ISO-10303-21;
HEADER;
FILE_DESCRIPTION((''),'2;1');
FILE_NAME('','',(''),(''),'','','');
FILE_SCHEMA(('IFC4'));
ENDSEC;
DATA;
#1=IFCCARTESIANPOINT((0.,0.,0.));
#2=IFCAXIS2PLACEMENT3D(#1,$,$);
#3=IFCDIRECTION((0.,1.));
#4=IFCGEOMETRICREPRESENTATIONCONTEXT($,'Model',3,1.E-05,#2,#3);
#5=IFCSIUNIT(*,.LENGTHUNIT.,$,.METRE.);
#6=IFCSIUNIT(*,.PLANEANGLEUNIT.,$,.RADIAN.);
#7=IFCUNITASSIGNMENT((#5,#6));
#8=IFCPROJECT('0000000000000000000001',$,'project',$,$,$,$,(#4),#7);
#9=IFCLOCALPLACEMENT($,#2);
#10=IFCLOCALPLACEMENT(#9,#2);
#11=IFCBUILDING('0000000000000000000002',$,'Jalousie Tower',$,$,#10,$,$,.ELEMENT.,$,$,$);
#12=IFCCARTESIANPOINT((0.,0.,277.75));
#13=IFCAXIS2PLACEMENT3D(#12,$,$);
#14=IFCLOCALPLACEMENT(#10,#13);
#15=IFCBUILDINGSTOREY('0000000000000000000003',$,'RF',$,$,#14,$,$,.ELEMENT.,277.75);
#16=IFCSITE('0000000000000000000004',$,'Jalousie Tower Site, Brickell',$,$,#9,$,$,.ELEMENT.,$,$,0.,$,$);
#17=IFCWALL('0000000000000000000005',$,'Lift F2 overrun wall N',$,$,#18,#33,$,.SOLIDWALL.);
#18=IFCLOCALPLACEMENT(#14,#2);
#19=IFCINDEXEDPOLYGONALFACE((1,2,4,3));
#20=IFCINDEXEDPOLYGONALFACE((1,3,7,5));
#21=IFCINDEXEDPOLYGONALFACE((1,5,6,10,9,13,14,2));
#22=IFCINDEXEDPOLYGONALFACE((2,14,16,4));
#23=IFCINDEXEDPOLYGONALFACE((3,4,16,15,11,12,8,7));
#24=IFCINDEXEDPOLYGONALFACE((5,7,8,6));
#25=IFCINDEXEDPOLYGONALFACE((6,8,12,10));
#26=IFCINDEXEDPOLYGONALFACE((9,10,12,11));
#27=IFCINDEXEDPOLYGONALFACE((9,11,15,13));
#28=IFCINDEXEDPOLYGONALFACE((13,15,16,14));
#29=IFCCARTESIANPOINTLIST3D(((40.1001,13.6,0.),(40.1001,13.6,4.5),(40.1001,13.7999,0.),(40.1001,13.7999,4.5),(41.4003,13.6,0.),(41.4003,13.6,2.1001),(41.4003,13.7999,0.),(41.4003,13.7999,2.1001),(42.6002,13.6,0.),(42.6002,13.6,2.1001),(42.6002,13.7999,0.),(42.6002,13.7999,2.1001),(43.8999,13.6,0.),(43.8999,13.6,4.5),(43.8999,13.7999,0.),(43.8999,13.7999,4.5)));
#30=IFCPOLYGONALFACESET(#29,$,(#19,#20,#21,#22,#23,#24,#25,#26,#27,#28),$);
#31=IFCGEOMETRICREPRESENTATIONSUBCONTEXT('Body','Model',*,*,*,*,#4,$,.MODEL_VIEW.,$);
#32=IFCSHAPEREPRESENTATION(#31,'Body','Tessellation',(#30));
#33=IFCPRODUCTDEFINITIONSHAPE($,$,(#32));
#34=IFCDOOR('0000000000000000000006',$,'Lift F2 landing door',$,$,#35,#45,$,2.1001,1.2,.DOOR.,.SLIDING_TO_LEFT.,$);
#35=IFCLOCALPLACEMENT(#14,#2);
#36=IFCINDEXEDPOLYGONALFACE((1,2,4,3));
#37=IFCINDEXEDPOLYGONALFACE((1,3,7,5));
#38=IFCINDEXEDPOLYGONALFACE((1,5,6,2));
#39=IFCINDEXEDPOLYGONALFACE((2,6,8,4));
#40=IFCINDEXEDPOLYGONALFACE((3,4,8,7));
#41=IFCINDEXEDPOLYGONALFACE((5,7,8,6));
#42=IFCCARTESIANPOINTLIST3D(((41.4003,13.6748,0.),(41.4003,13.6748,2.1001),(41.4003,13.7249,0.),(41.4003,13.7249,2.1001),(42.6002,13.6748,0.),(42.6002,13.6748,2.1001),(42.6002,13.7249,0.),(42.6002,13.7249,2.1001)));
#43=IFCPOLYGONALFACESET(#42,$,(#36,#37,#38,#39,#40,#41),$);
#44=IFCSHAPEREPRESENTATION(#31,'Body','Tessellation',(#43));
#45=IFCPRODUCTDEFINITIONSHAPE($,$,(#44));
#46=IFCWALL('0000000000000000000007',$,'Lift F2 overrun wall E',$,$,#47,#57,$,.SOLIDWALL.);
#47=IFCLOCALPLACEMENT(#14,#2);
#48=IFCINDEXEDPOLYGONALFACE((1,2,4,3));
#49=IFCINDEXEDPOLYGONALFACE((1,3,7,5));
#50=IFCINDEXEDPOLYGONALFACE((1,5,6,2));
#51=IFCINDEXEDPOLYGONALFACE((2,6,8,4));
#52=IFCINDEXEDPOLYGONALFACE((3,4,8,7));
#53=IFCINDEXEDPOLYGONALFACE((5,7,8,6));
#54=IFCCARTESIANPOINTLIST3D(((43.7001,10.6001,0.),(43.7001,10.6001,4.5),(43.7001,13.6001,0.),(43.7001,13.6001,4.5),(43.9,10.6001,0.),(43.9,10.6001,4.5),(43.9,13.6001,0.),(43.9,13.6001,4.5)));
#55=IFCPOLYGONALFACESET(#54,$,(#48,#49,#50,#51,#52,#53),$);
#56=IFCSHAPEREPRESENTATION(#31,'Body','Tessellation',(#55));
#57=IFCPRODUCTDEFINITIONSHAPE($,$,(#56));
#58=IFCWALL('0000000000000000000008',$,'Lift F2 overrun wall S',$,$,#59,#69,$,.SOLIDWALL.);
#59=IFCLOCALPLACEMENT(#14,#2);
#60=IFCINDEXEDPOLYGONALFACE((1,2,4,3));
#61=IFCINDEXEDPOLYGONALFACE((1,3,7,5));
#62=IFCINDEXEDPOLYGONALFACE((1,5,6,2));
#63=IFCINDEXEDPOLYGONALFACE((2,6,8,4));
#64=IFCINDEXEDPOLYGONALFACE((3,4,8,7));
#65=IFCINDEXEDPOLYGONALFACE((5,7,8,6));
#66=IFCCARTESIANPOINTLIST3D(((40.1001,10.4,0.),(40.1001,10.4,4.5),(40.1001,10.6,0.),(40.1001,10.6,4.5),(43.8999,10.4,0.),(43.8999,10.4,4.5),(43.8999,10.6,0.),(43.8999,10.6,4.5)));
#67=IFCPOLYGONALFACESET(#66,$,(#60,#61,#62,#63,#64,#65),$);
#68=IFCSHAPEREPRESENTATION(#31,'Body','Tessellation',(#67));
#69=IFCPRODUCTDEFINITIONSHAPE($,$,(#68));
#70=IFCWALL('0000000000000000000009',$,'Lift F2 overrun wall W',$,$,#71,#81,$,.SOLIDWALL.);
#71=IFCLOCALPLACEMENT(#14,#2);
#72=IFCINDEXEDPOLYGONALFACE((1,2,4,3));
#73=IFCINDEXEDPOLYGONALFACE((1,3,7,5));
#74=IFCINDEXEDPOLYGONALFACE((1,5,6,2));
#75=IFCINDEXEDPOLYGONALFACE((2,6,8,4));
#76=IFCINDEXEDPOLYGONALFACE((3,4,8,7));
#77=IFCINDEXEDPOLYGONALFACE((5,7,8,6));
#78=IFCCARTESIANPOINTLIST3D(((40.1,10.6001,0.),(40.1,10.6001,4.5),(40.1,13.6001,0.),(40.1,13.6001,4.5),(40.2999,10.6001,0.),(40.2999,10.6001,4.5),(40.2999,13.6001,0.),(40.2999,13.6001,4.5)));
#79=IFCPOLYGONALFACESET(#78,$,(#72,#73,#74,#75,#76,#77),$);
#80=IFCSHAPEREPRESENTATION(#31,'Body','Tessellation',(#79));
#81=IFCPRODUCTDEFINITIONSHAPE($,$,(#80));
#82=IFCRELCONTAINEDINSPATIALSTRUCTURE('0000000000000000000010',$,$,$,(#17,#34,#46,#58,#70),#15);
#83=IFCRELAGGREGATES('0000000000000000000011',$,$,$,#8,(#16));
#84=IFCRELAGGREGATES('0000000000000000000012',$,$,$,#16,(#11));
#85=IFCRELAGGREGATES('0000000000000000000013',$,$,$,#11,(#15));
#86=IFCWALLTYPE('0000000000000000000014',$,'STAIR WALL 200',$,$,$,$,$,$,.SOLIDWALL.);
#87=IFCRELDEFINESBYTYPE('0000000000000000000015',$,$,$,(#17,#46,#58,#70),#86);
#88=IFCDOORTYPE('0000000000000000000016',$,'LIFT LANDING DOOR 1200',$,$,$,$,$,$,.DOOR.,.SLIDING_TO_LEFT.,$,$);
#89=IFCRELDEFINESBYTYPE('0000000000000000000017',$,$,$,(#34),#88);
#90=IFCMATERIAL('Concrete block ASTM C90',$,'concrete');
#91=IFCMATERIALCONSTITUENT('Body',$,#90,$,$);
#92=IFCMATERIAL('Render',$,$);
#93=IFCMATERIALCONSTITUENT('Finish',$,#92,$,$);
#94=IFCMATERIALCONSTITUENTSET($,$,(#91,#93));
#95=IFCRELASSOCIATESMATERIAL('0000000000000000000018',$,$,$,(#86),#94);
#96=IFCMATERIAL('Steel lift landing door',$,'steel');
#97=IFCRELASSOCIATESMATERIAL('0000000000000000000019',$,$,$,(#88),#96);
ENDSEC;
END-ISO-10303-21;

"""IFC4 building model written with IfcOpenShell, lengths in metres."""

from ifc_helpers import new_model, si_unit, direction, frame, frame_2d, origin, place, context, subcontext, project, spatial, rectangle, extrude, material, constituent, constituent_set, type_object, element, fill, save


model = new_model("IFC4")

# Units and contexts
model_context = context("Model", 3, precision=1e-05, world=origin(), true_north=direction((0.0, 1.0)))
body_context = subcontext(model_context, "Body", "Model", "MODEL_VIEW")
ifc_project = project(units=[si_unit("LENGTHUNIT", "METRE"), si_unit("PLANEANGLEUNIT", "RADIAN")], contexts=[model_context])

# Site, building, storey
site_placement = place(None, origin())
site = spatial("IfcSite", under=ifc_project, at=site_placement, Name="Jalousie Tower Site, Brickell", CompositionType="ELEMENT", RefElevation=0.0)
building_placement = place(site_placement, origin())
building = spatial("IfcBuilding", under=site, at=building_placement, Name="Jalousie Tower", CompositionType="ELEMENT")
storey_placement = place(building_placement, frame((0.0, 0.0, 277.75)))
storey = spatial("IfcBuildingStorey", under=building, at=storey_placement, Name="RF", CompositionType="ELEMENT", Elevation=277.75)

# Wall, opening, door
ifc_material_1 = material(Name="Concrete block ASTM C90", Category="concrete")
ifc_constituent_1 = constituent(ifc_material_1, Name="Body")
ifc_material_2 = material(Name="Render")
ifc_constituent_2 = constituent(ifc_material_2, Name="Finish")
ifc_constituent_set = constituent_set(constituents=[ifc_constituent_1, ifc_constituent_2])
wall_type_1 = type_object("IfcWallType", Name="STAIR WALL 200", PredefinedType="SOLIDWALL", material=ifc_constituent_set)
wall_1_placement = place(storey_placement, frame((40.1001, 13.7, 0.0), z_axis=(0.0, 0.0, 1.0), x_axis=(1.0, 0.0, 0.0)))
wall_1 = element("IfcWall", 1, at=wall_1_placement, inside=storey, type_object=wall_type_1, Name="Lift F2 overrun wall N", PredefinedType="SOLIDWALL", context=body_context, shape_type="SweptSolid", body=[
    extrude(rectangle(XDim=3.7998, YDim=0.2, at=frame_2d((1.8999, 0.0))), origin(), (0.0, 0.0, 1.0), 4.5),
])
opening_placement = place(wall_1_placement, frame((1.3, 0.0, 0.0)))
opening = element("IfcOpeningElement", 2, at=opening_placement, cuts=wall_1, PredefinedType="OPENING", context=body_context, shape_type="SweptSolid", body=[
    extrude(rectangle(XDim=1.2, YDim=2.1001, at=frame_2d((0.6001, 1.05))), frame((0.0, 0.1099, 0.0), z_axis=(0.0, -1.0, 0.0), x_axis=(1.0, 0.0, 0.0)), (0.0, 0.0, 1.0), 0.22),
])
ifc_material_3 = material(Name="Steel lift landing door", Category="steel")
door_type = type_object("IfcDoorType", Name="LIFT LANDING DOOR 1200", OperationType="SLIDING_TO_LEFT", PredefinedType="DOOR", material=ifc_material_3)
door_placement = place(opening_placement, origin())
door = element("IfcDoor", 3, at=door_placement, inside=storey, type_object=door_type, Name="Lift F2 landing door", OperationType="SLIDING_TO_LEFT", OverallHeight=2.1001, OverallWidth=1.2, PredefinedType="DOOR", context=body_context, shape_type="SweptSolid", body=[
    extrude(rectangle(XDim=1.2, YDim=2.1001, at=frame_2d((0.6001, 1.05))), frame((0.0, 0.0249, 0.0), z_axis=(0.0, -1.0, 0.0), x_axis=(1.0, 0.0, 0.0)), (0.0, 0.0, 1.0), 0.05),
])
fill(opening, door)

# Walls
wall_2_placement = place(storey_placement, frame((43.8, 13.6001, 0.0), z_axis=(0.0, 0.0, 1.0), x_axis=(0.0, -1.0, 0.0)))
element("IfcWall", 4, at=wall_2_placement, inside=storey, type_object=wall_type_1, Name="Lift F2 overrun wall E", PredefinedType="SOLIDWALL", context=body_context, shape_type="SweptSolid", body=[
    extrude(rectangle(XDim=3.0, YDim=0.2, at=frame_2d((1.5, 0.0))), origin(), (0.0, 0.0, 1.0), 4.5),
])
wall_3_placement = place(storey_placement, frame((43.8999, 10.5, 0.0), z_axis=(0.0, 0.0, 1.0), x_axis=(-1.0, 0.0, 0.0)))
element("IfcWall", 5, at=wall_3_placement, inside=storey, type_object=wall_type_1, Name="Lift F2 overrun wall S", PredefinedType="SOLIDWALL", context=body_context, shape_type="SweptSolid", body=[
    extrude(rectangle(XDim=3.7998, YDim=0.2, at=frame_2d((1.8999, 0.0))), origin(), (0.0, 0.0, 1.0), 4.5),
])
wall_4_placement = place(storey_placement, frame((40.2, 10.6001, 0.0), z_axis=(0.0, 0.0, 1.0), x_axis=(0.0, 1.0, 0.0)))
element("IfcWall", 6, at=wall_4_placement, inside=storey, type_object=wall_type_1, Name="Lift F2 overrun wall W", PredefinedType="SOLIDWALL", context=body_context, shape_type="SweptSolid", body=[
    extrude(rectangle(XDim=3.0, YDim=0.2, at=frame_2d((1.5, 0.0))), origin(), (0.0, 0.0, 1.0), 4.5),
])

save(model, "model.ifc")
